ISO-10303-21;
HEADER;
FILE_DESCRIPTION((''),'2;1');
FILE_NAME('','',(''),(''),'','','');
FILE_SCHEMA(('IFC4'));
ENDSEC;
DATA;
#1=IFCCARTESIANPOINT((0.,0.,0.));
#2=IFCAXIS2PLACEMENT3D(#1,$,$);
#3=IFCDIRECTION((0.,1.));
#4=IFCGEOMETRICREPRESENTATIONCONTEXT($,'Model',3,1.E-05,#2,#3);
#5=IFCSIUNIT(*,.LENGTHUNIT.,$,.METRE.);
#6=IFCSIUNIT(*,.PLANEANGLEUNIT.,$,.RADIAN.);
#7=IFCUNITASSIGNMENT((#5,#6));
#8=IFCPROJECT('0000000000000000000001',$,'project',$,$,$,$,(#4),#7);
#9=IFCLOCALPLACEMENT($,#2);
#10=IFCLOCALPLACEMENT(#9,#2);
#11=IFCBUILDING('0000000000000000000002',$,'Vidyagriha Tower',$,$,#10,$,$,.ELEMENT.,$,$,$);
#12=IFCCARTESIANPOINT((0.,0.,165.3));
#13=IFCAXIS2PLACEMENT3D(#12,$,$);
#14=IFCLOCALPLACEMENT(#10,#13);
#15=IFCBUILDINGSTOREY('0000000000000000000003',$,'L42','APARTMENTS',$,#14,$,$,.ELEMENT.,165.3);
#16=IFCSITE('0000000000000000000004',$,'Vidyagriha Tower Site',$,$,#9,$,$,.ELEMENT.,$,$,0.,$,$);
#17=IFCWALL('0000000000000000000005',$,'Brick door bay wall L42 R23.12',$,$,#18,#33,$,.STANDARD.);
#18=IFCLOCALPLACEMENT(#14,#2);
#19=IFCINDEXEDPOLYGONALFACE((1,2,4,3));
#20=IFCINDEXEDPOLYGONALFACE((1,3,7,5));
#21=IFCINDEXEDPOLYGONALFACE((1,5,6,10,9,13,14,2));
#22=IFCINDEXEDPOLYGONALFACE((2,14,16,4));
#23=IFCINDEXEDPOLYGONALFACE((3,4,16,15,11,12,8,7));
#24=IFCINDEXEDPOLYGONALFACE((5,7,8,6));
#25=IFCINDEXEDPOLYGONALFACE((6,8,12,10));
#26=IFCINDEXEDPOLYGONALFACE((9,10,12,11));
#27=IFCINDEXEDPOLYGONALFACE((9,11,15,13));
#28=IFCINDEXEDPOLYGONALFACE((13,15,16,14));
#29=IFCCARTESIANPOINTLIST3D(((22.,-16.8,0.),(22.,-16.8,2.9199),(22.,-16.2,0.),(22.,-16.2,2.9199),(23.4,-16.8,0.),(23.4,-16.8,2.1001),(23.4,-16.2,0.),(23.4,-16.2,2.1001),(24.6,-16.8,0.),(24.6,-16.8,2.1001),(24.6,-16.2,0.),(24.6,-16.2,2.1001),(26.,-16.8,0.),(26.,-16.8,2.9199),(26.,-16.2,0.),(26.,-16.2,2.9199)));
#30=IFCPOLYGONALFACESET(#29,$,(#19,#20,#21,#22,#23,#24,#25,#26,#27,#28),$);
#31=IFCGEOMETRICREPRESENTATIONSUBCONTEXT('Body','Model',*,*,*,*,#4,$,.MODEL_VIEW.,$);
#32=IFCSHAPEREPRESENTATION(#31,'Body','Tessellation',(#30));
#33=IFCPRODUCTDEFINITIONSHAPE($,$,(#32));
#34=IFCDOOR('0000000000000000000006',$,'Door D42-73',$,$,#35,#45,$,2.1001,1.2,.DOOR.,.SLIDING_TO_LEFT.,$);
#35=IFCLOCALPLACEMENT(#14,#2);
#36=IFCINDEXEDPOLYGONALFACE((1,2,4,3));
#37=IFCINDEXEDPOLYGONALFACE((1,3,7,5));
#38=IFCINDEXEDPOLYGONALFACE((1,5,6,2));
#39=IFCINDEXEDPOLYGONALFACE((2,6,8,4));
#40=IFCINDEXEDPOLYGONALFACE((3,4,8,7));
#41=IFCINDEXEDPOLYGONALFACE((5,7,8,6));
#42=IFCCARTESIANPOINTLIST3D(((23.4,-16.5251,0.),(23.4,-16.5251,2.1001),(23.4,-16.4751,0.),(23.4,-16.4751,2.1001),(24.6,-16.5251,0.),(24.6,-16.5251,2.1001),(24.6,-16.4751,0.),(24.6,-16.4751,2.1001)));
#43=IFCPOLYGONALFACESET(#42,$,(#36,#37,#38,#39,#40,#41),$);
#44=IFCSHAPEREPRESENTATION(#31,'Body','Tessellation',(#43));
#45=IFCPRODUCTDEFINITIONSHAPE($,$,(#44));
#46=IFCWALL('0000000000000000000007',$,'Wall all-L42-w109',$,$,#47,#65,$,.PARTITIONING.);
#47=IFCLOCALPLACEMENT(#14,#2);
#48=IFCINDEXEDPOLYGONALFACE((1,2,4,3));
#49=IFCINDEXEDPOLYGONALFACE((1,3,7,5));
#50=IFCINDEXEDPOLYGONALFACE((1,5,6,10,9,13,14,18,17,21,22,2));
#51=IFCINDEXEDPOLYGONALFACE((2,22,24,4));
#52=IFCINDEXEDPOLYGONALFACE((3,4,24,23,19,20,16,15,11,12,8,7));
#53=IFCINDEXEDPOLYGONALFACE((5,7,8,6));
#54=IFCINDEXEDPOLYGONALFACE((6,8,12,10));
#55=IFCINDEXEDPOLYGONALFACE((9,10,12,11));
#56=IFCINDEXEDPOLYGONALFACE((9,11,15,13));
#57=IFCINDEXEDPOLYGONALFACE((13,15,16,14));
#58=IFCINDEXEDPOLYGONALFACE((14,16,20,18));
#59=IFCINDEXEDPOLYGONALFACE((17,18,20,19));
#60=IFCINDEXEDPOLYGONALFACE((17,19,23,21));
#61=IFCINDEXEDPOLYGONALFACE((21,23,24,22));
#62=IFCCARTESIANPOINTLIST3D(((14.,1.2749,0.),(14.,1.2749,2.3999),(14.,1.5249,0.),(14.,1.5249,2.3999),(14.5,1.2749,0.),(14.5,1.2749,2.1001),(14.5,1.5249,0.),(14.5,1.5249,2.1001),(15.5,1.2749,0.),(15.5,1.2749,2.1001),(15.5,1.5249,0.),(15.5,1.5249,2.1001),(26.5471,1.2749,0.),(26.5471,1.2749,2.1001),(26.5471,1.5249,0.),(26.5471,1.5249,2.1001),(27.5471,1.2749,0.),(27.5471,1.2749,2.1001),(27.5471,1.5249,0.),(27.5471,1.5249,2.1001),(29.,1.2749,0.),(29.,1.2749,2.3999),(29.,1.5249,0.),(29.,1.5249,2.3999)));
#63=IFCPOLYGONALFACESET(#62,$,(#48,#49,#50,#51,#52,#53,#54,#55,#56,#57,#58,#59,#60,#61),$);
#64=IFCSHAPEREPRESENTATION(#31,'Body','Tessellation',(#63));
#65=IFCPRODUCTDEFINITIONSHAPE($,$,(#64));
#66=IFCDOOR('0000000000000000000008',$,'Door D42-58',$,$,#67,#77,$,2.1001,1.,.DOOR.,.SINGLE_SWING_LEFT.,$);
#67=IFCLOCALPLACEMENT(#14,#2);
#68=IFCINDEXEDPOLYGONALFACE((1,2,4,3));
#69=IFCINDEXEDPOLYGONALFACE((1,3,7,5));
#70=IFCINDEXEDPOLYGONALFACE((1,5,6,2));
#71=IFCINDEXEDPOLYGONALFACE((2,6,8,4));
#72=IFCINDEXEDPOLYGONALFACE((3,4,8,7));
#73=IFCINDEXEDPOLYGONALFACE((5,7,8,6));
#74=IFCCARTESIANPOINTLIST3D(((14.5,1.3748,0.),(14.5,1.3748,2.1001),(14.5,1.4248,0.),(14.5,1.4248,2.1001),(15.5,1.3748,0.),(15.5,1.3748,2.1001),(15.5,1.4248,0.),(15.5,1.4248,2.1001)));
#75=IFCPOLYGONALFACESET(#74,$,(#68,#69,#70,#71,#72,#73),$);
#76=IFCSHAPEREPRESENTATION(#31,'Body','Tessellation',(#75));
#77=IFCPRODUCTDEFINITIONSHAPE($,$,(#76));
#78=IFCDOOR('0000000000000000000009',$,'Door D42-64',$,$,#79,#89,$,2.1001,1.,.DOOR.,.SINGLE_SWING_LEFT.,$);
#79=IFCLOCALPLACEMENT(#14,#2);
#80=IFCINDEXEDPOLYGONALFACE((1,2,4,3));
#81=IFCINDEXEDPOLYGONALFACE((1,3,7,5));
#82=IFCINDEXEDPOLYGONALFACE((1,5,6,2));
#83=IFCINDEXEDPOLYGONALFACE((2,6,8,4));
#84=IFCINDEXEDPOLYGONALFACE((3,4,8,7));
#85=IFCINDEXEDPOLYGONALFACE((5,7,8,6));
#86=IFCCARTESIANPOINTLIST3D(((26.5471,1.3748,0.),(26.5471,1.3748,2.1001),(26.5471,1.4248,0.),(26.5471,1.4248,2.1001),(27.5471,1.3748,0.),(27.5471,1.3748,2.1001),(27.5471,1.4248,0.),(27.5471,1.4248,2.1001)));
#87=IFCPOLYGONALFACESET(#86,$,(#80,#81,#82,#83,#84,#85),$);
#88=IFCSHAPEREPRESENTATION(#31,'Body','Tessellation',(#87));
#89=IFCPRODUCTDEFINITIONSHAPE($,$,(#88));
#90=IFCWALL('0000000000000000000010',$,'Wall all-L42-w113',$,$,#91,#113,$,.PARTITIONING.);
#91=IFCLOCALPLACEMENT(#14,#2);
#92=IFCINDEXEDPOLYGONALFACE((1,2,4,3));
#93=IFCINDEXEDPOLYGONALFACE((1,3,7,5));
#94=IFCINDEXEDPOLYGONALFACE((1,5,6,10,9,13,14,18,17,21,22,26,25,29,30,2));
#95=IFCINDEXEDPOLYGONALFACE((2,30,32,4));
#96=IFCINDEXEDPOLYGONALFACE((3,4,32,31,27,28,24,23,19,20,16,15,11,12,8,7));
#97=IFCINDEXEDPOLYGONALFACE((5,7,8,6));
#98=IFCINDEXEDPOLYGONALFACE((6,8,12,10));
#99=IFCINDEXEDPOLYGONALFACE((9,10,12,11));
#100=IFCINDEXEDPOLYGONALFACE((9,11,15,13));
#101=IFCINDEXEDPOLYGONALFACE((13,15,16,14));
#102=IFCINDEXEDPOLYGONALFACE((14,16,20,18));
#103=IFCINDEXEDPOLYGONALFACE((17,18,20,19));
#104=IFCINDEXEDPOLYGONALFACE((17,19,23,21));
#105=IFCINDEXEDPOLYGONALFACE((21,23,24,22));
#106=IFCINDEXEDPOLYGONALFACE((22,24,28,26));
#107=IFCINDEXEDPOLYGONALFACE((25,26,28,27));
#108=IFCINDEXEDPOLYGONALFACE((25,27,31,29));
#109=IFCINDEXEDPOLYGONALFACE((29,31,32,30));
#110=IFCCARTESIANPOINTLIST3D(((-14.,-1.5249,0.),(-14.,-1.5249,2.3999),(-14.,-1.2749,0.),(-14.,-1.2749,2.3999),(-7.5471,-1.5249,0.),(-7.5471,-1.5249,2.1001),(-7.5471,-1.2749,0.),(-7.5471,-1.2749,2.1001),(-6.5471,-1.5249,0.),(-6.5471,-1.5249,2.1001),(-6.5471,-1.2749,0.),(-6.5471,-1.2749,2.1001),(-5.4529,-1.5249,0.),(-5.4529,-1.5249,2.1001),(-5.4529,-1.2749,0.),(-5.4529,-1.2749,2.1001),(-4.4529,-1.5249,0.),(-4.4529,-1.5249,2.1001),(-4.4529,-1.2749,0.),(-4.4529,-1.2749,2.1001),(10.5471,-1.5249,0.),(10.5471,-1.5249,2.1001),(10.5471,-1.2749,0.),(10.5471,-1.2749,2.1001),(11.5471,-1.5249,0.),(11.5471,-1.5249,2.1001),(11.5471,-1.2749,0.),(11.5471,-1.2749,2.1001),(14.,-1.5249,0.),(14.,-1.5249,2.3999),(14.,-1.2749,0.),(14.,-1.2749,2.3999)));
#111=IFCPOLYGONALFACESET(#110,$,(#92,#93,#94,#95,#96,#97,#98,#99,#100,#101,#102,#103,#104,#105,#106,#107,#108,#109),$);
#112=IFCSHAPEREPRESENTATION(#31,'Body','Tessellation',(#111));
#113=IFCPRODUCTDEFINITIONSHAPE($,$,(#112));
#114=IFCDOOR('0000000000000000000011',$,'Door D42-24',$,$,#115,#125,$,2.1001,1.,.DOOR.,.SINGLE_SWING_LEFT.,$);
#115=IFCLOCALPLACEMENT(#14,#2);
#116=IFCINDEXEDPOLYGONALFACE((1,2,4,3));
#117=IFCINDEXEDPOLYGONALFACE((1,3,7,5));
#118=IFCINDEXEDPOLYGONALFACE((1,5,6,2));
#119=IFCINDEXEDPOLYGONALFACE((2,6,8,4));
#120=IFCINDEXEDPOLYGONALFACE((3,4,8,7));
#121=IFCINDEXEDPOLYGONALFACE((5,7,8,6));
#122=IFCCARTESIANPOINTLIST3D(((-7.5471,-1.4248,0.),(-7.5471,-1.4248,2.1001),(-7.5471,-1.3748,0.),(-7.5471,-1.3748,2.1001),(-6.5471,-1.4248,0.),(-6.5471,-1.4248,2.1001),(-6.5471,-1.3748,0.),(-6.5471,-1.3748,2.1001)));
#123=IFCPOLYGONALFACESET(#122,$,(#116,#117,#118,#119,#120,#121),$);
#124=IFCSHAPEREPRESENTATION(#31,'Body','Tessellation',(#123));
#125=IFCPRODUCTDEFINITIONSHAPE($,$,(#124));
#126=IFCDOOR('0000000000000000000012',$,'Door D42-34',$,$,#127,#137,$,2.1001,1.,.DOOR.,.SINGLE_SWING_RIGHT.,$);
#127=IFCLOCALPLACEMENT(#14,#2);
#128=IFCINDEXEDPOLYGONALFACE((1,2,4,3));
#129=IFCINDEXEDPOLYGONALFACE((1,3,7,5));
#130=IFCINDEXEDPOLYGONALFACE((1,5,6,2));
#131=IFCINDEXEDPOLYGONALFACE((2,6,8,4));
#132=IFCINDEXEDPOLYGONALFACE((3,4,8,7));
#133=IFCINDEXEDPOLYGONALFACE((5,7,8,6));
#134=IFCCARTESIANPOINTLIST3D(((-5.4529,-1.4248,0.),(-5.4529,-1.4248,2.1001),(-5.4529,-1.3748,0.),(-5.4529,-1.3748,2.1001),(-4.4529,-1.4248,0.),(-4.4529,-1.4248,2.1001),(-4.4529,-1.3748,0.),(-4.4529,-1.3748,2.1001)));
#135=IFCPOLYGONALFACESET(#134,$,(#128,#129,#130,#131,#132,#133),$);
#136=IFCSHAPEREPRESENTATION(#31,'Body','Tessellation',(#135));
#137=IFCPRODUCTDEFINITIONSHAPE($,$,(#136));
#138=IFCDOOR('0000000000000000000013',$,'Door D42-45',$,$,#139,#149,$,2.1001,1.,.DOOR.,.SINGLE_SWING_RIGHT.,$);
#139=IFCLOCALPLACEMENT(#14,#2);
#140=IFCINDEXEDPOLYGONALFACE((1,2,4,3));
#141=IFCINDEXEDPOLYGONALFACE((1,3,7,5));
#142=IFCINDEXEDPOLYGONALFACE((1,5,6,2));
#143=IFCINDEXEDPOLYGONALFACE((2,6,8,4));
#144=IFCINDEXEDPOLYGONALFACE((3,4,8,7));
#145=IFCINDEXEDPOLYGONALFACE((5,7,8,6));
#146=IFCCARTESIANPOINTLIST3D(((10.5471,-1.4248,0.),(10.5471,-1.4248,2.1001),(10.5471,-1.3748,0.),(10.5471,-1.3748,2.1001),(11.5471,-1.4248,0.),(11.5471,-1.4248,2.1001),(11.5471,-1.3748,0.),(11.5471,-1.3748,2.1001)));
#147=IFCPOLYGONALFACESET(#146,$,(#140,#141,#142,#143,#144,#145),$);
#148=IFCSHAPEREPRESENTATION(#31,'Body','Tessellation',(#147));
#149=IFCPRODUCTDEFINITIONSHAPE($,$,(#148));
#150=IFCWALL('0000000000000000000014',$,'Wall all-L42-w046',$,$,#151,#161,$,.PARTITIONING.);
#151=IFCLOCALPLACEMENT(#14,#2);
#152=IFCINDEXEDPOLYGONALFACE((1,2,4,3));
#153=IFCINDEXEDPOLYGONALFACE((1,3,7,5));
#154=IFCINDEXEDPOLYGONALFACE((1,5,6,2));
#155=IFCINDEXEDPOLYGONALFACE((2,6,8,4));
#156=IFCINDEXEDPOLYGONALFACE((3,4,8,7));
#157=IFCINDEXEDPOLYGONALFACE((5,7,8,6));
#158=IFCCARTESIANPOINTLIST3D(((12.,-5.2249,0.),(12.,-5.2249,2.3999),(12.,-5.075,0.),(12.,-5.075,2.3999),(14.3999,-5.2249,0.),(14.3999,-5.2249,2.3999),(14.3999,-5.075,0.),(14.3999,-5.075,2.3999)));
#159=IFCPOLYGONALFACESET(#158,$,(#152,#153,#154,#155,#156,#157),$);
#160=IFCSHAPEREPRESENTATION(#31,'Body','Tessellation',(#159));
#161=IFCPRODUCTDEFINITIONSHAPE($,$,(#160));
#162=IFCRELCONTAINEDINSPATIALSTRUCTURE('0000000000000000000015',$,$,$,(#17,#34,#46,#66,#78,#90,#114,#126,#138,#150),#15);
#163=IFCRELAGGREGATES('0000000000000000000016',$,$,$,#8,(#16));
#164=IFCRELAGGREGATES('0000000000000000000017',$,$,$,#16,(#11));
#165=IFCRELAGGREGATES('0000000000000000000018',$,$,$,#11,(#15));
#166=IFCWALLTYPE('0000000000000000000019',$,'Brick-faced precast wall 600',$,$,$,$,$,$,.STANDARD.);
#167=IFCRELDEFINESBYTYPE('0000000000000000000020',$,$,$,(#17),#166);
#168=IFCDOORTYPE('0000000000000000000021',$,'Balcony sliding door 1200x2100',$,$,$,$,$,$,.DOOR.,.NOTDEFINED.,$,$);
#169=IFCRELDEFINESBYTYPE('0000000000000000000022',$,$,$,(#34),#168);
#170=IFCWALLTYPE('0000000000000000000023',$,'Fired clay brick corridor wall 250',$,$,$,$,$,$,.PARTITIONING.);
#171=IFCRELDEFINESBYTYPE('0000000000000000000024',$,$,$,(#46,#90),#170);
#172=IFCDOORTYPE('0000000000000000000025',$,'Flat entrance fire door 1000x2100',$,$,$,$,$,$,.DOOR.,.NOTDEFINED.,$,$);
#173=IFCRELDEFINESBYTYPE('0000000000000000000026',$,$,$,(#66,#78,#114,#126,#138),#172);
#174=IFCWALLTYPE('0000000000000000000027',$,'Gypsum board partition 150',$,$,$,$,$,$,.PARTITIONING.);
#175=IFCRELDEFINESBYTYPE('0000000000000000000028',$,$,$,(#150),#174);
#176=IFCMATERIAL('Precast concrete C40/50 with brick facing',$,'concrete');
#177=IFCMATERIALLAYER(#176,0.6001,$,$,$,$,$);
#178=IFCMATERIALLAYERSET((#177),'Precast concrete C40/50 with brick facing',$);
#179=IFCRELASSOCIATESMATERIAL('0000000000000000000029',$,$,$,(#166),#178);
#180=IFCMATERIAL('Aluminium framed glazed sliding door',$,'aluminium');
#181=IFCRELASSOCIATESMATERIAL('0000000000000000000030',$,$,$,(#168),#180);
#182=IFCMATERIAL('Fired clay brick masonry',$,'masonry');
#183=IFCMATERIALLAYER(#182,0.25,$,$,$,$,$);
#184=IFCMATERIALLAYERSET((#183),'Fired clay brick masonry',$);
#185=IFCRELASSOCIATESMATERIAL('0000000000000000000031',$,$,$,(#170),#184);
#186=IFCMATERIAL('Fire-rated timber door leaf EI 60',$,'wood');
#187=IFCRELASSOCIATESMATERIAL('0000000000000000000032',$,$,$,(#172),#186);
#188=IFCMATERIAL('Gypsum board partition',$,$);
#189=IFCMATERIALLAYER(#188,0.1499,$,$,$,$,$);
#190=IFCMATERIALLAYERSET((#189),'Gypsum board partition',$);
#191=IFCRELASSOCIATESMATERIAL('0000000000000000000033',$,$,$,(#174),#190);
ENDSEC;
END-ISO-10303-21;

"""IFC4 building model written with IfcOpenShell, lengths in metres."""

from ifc_helpers import new_model, si_unit, direction, frame, frame_2d, origin, place, context, subcontext, project, spatial, rectangle, extrude, material, layer, layer_set, type_object, element, fill, save


model = new_model("IFC4")

# Units and contexts
model_context = context("Model", 3, precision=1e-05, world=origin(), true_north=direction((0.0, 1.0)))
body_context = subcontext(model_context, "Body", "Model", "MODEL_VIEW")
ifc_project = project(units=[si_unit("LENGTHUNIT", "METRE"), si_unit("PLANEANGLEUNIT", "RADIAN")], contexts=[model_context])

# Site, building, storey
site_placement = place(None, origin())
site = spatial("IfcSite", under=ifc_project, at=site_placement, Name="Vidyagriha Tower Site", CompositionType="ELEMENT", RefElevation=0.0)
building_placement = place(site_placement, origin())
building = spatial("IfcBuilding", under=site, at=building_placement, Name="Vidyagriha Tower", CompositionType="ELEMENT")
storey_placement = place(building_placement, frame((0.0, 0.0, 165.3)))
storey = spatial("IfcBuildingStorey", under=building, at=storey_placement, Name="L42", Description="APARTMENTS", CompositionType="ELEMENT", Elevation=165.3)

# Wall, opening, door
ifc_material_1 = material(Name="Precast concrete C40/50 with brick facing", Category="concrete")
ifc_layer_1 = layer(ifc_material_1, 0.6001)
ifc_layer_set_1 = layer_set([ifc_layer_1], Name="Precast concrete C40/50 with brick facing")
wall_type_1 = type_object("IfcWallType", Name="Brick-faced precast wall 600", PredefinedType="STANDARD", material=ifc_layer_set_1)
ifc_material_2 = material(Name="Aluminium framed glazed sliding door", Category="aluminium")
door_type_1 = type_object("IfcDoorType", Name="Balcony sliding door 1200x2100", OperationType="NOTDEFINED", PredefinedType="DOOR", material=ifc_material_2)
wall_1_placement = place(storey_placement, frame((22.0, -16.5, 0.0)))
wall_1 = element("IfcWall", 1, at=wall_1_placement, inside=storey, type_object=wall_type_1, Name="Brick door bay wall L42 R23.12", PredefinedType="STANDARD", context=body_context, shape_type="SweptSolid", body=[
    extrude(rectangle(XDim=4.0, YDim=0.6001, at=frame_2d((2.0, 0.0))), origin(), (0.0, 0.0, 1.0), 2.9199),
])
opening_1_placement = place(wall_1_placement, frame((1.3999, 0.0, 0.0)))
opening_1 = element("IfcOpeningElement", 2, at=opening_1_placement, cuts=wall_1, PredefinedType="OPENING", context=body_context, shape_type="SweptSolid", body=[
    extrude(rectangle(XDim=1.2, YDim=2.1001, at=frame_2d((0.6001, 1.05))), frame((0.0, 0.3101, 0.0), z_axis=(0.0, -1.0, 0.0), x_axis=(1.0, 0.0, 0.0)), (0.0, 0.0, 1.0), 0.6201),
])
door_1_placement = place(opening_1_placement, origin())
door_1 = element("IfcDoor", 3, at=door_1_placement, inside=storey, type_object=door_type_1, Name="Door D42-73", OperationType="SLIDING_TO_LEFT", OverallHeight=2.1001, OverallWidth=1.2, PredefinedType="DOOR", context=body_context, shape_type="SweptSolid", body=[
    extrude(rectangle(XDim=1.2, YDim=2.1001, at=frame_2d((0.6001, 1.05))), frame((0.0, 0.0249, 0.0), z_axis=(0.0, -1.0, 0.0), x_axis=(1.0, 0.0, 0.0)), (0.0, 0.0, 1.0), 0.05),
])
fill(opening_1, door_1)

# Walls, openings, doors
ifc_material_3 = material(Name="Fired clay brick masonry", Category="masonry")
ifc_layer_2 = layer(ifc_material_3, 0.25)
ifc_layer_set_2 = layer_set([ifc_layer_2], Name="Fired clay brick masonry")
wall_type_2 = type_object("IfcWallType", Name="Fired clay brick corridor wall 250", PredefinedType="PARTITIONING", material=ifc_layer_set_2)
wall_2_placement = place(storey_placement, frame((14.0, 1.3999, 0.0)))
wall_2 = element("IfcWall", 4, at=wall_2_placement, inside=storey, type_object=wall_type_2, Name="Wall all-L42-w109", PredefinedType="PARTITIONING", context=body_context, shape_type="SweptSolid", body=[
    extrude(rectangle(XDim=15.0, YDim=0.25, at=frame_2d((7.5, 0.0))), origin(), (0.0, 0.0, 1.0), 2.3999),
])
opening_2_placement = place(wall_2_placement, frame((0.5, 0.0, 0.0)))
opening_2 = element("IfcOpeningElement", 5, at=opening_2_placement, cuts=wall_2, PredefinedType="OPENING", context=body_context, shape_type="SweptSolid", body=[
    extrude(rectangle(XDim=1.0, YDim=2.1001, at=frame_2d((0.5, 1.05))), frame((0.0, 0.135, 0.0), z_axis=(0.0, -1.0, 0.0), x_axis=(1.0, 0.0, 0.0)), (0.0, 0.0, 1.0), 0.27),
])
opening_3_placement = place(wall_2_placement, frame((12.5471, 0.0, 0.0)))
opening_3 = element("IfcOpeningElement", 6, at=opening_3_placement, cuts=wall_2, PredefinedType="OPENING", context=body_context, shape_type="SweptSolid", body=[
    extrude(rectangle(XDim=1.0, YDim=2.1001, at=frame_2d((0.5, 1.05))), frame((0.0, 0.135, 0.0), z_axis=(0.0, -1.0, 0.0), x_axis=(1.0, 0.0, 0.0)), (0.0, 0.0, 1.0), 0.27),
])
ifc_material_4 = material(Name="Fire-rated timber door leaf EI 60", Category="wood")
door_type_2 = type_object("IfcDoorType", Name="Flat entrance fire door 1000x2100", OperationType="NOTDEFINED", PredefinedType="DOOR", material=ifc_material_4)
door_2_placement = place(opening_2_placement, origin())
door_2 = element("IfcDoor", 7, at=door_2_placement, inside=storey, type_object=door_type_2, Name="Door D42-58", OperationType="SINGLE_SWING_LEFT", OverallHeight=2.1001, OverallWidth=1.0, PredefinedType="DOOR", context=body_context, shape_type="SweptSolid", body=[
    extrude(rectangle(XDim=1.0, YDim=2.1001, at=frame_2d((0.5, 1.05))), frame((0.0, 0.0249, 0.0), z_axis=(0.0, -1.0, 0.0), x_axis=(1.0, 0.0, 0.0)), (0.0, 0.0, 1.0), 0.05),
])
fill(opening_2, door_2)
door_3_placement = place(opening_3_placement, origin())
door_3 = element("IfcDoor", 8, at=door_3_placement, inside=storey, type_object=door_type_2, Name="Door D42-64", OperationType="SINGLE_SWING_LEFT", OverallHeight=2.1001, OverallWidth=1.0, PredefinedType="DOOR", context=body_context, shape_type="SweptSolid", body=[
    extrude(rectangle(XDim=1.0, YDim=2.1001, at=frame_2d((0.5, 1.05))), frame((0.0, 0.0249, 0.0), z_axis=(0.0, -1.0, 0.0), x_axis=(1.0, 0.0, 0.0)), (0.0, 0.0, 1.0), 0.05),
])
fill(opening_3, door_3)
wall_3_placement = place(storey_placement, frame((14.0, -1.3999, 0.0), z_axis=(0.0, 0.0, 1.0), x_axis=(-1.0, 0.0, 0.0)))
wall_3 = element("IfcWall", 9, at=wall_3_placement, inside=storey, type_object=wall_type_2, Name="Wall all-L42-w113", PredefinedType="PARTITIONING", context=body_context, shape_type="SweptSolid", body=[
    extrude(rectangle(XDim=28.0, YDim=0.25, at=frame_2d((14.0, 0.0))), origin(), (0.0, 0.0, 1.0), 2.3999),
])
opening_4_placement = place(wall_3_placement, frame((20.5471, 0.0, 0.0)))
opening_4 = element("IfcOpeningElement", 10, at=opening_4_placement, cuts=wall_3, PredefinedType="OPENING", context=body_context, shape_type="SweptSolid", body=[
    extrude(rectangle(XDim=1.0, YDim=2.1001, at=frame_2d((0.5, 1.05))), frame((0.0, 0.135, 0.0), z_axis=(0.0, -1.0, 0.0), x_axis=(1.0, 0.0, 0.0)), (0.0, 0.0, 1.0), 0.27),
])
opening_5_placement = place(wall_3_placement, frame((18.4529, 0.0, 0.0)))
opening_5 = element("IfcOpeningElement", 11, at=opening_5_placement, cuts=wall_3, PredefinedType="OPENING", context=body_context, shape_type="SweptSolid", body=[
    extrude(rectangle(XDim=1.0, YDim=2.1001, at=frame_2d((0.5, 1.05))), frame((0.0, 0.135, 0.0), z_axis=(0.0, -1.0, 0.0), x_axis=(1.0, 0.0, 0.0)), (0.0, 0.0, 1.0), 0.27),
])
opening_6_placement = place(wall_3_placement, frame((2.4529, 0.0, 0.0)))
opening_6 = element("IfcOpeningElement", 12, at=opening_6_placement, cuts=wall_3, PredefinedType="OPENING", context=body_context, shape_type="SweptSolid", body=[
    extrude(rectangle(XDim=1.0, YDim=2.1001, at=frame_2d((0.5, 1.05))), frame((0.0, 0.135, 0.0), z_axis=(0.0, -1.0, 0.0), x_axis=(1.0, 0.0, 0.0)), (0.0, 0.0, 1.0), 0.27),
])
door_4_placement = place(opening_4_placement, origin())
door_4 = element("IfcDoor", 13, at=door_4_placement, inside=storey, type_object=door_type_2, Name="Door D42-24", OperationType="SINGLE_SWING_LEFT", OverallHeight=2.1001, OverallWidth=1.0, PredefinedType="DOOR", context=body_context, shape_type="SweptSolid", body=[
    extrude(rectangle(XDim=1.0, YDim=2.1001, at=frame_2d((0.5, 1.05))), frame((0.0, 0.0249, 0.0), z_axis=(0.0, -1.0, 0.0), x_axis=(1.0, 0.0, 0.0)), (0.0, 0.0, 1.0), 0.05),
])
fill(opening_4, door_4)
door_5_placement = place(opening_5_placement, origin())
door_5 = element("IfcDoor", 14, at=door_5_placement, inside=storey, type_object=door_type_2, Name="Door D42-34", OperationType="SINGLE_SWING_RIGHT", OverallHeight=2.1001, OverallWidth=1.0, PredefinedType="DOOR", context=body_context, shape_type="SweptSolid", body=[
    extrude(rectangle(XDim=1.0, YDim=2.1001, at=frame_2d((0.5, 1.05))), frame((0.0, 0.0249, 0.0), z_axis=(0.0, -1.0, 0.0), x_axis=(1.0, 0.0, 0.0)), (0.0, 0.0, 1.0), 0.05),
])
fill(opening_5, door_5)
door_6_placement = place(opening_6_placement, origin())
door_6 = element("IfcDoor", 15, at=door_6_placement, inside=storey, type_object=door_type_2, Name="Door D42-45", OperationType="SINGLE_SWING_RIGHT", OverallHeight=2.1001, OverallWidth=1.0, PredefinedType="DOOR", context=body_context, shape_type="SweptSolid", body=[
    extrude(rectangle(XDim=1.0, YDim=2.1001, at=frame_2d((0.5, 1.05))), frame((0.0, 0.0249, 0.0), z_axis=(0.0, -1.0, 0.0), x_axis=(1.0, 0.0, 0.0)), (0.0, 0.0, 1.0), 0.05),
])
fill(opening_6, door_6)

# Wall
ifc_material_5 = material(Name="Gypsum board partition")
ifc_layer_3 = layer(ifc_material_5, 0.1499)
ifc_layer_set_3 = layer_set([ifc_layer_3], Name="Gypsum board partition")
wall_type_3 = type_object("IfcWallType", Name="Gypsum board partition 150", PredefinedType="PARTITIONING", material=ifc_layer_set_3)
wall_4_placement = place(storey_placement, frame((14.3999, -5.1499, 0.0), z_axis=(0.0, 0.0, 1.0), x_axis=(-1.0, 0.0, 0.0)))
element("IfcWall", 16, at=wall_4_placement, inside=storey, type_object=wall_type_3, Name="Wall all-L42-w046", PredefinedType="PARTITIONING", context=body_context, shape_type="SweptSolid", body=[
    extrude(rectangle(XDim=2.3999, YDim=0.1499, at=frame_2d((1.2, 0.0))), origin(), (0.0, 0.0, 1.0), 2.3999),
])

save(model, "model.ifc")
